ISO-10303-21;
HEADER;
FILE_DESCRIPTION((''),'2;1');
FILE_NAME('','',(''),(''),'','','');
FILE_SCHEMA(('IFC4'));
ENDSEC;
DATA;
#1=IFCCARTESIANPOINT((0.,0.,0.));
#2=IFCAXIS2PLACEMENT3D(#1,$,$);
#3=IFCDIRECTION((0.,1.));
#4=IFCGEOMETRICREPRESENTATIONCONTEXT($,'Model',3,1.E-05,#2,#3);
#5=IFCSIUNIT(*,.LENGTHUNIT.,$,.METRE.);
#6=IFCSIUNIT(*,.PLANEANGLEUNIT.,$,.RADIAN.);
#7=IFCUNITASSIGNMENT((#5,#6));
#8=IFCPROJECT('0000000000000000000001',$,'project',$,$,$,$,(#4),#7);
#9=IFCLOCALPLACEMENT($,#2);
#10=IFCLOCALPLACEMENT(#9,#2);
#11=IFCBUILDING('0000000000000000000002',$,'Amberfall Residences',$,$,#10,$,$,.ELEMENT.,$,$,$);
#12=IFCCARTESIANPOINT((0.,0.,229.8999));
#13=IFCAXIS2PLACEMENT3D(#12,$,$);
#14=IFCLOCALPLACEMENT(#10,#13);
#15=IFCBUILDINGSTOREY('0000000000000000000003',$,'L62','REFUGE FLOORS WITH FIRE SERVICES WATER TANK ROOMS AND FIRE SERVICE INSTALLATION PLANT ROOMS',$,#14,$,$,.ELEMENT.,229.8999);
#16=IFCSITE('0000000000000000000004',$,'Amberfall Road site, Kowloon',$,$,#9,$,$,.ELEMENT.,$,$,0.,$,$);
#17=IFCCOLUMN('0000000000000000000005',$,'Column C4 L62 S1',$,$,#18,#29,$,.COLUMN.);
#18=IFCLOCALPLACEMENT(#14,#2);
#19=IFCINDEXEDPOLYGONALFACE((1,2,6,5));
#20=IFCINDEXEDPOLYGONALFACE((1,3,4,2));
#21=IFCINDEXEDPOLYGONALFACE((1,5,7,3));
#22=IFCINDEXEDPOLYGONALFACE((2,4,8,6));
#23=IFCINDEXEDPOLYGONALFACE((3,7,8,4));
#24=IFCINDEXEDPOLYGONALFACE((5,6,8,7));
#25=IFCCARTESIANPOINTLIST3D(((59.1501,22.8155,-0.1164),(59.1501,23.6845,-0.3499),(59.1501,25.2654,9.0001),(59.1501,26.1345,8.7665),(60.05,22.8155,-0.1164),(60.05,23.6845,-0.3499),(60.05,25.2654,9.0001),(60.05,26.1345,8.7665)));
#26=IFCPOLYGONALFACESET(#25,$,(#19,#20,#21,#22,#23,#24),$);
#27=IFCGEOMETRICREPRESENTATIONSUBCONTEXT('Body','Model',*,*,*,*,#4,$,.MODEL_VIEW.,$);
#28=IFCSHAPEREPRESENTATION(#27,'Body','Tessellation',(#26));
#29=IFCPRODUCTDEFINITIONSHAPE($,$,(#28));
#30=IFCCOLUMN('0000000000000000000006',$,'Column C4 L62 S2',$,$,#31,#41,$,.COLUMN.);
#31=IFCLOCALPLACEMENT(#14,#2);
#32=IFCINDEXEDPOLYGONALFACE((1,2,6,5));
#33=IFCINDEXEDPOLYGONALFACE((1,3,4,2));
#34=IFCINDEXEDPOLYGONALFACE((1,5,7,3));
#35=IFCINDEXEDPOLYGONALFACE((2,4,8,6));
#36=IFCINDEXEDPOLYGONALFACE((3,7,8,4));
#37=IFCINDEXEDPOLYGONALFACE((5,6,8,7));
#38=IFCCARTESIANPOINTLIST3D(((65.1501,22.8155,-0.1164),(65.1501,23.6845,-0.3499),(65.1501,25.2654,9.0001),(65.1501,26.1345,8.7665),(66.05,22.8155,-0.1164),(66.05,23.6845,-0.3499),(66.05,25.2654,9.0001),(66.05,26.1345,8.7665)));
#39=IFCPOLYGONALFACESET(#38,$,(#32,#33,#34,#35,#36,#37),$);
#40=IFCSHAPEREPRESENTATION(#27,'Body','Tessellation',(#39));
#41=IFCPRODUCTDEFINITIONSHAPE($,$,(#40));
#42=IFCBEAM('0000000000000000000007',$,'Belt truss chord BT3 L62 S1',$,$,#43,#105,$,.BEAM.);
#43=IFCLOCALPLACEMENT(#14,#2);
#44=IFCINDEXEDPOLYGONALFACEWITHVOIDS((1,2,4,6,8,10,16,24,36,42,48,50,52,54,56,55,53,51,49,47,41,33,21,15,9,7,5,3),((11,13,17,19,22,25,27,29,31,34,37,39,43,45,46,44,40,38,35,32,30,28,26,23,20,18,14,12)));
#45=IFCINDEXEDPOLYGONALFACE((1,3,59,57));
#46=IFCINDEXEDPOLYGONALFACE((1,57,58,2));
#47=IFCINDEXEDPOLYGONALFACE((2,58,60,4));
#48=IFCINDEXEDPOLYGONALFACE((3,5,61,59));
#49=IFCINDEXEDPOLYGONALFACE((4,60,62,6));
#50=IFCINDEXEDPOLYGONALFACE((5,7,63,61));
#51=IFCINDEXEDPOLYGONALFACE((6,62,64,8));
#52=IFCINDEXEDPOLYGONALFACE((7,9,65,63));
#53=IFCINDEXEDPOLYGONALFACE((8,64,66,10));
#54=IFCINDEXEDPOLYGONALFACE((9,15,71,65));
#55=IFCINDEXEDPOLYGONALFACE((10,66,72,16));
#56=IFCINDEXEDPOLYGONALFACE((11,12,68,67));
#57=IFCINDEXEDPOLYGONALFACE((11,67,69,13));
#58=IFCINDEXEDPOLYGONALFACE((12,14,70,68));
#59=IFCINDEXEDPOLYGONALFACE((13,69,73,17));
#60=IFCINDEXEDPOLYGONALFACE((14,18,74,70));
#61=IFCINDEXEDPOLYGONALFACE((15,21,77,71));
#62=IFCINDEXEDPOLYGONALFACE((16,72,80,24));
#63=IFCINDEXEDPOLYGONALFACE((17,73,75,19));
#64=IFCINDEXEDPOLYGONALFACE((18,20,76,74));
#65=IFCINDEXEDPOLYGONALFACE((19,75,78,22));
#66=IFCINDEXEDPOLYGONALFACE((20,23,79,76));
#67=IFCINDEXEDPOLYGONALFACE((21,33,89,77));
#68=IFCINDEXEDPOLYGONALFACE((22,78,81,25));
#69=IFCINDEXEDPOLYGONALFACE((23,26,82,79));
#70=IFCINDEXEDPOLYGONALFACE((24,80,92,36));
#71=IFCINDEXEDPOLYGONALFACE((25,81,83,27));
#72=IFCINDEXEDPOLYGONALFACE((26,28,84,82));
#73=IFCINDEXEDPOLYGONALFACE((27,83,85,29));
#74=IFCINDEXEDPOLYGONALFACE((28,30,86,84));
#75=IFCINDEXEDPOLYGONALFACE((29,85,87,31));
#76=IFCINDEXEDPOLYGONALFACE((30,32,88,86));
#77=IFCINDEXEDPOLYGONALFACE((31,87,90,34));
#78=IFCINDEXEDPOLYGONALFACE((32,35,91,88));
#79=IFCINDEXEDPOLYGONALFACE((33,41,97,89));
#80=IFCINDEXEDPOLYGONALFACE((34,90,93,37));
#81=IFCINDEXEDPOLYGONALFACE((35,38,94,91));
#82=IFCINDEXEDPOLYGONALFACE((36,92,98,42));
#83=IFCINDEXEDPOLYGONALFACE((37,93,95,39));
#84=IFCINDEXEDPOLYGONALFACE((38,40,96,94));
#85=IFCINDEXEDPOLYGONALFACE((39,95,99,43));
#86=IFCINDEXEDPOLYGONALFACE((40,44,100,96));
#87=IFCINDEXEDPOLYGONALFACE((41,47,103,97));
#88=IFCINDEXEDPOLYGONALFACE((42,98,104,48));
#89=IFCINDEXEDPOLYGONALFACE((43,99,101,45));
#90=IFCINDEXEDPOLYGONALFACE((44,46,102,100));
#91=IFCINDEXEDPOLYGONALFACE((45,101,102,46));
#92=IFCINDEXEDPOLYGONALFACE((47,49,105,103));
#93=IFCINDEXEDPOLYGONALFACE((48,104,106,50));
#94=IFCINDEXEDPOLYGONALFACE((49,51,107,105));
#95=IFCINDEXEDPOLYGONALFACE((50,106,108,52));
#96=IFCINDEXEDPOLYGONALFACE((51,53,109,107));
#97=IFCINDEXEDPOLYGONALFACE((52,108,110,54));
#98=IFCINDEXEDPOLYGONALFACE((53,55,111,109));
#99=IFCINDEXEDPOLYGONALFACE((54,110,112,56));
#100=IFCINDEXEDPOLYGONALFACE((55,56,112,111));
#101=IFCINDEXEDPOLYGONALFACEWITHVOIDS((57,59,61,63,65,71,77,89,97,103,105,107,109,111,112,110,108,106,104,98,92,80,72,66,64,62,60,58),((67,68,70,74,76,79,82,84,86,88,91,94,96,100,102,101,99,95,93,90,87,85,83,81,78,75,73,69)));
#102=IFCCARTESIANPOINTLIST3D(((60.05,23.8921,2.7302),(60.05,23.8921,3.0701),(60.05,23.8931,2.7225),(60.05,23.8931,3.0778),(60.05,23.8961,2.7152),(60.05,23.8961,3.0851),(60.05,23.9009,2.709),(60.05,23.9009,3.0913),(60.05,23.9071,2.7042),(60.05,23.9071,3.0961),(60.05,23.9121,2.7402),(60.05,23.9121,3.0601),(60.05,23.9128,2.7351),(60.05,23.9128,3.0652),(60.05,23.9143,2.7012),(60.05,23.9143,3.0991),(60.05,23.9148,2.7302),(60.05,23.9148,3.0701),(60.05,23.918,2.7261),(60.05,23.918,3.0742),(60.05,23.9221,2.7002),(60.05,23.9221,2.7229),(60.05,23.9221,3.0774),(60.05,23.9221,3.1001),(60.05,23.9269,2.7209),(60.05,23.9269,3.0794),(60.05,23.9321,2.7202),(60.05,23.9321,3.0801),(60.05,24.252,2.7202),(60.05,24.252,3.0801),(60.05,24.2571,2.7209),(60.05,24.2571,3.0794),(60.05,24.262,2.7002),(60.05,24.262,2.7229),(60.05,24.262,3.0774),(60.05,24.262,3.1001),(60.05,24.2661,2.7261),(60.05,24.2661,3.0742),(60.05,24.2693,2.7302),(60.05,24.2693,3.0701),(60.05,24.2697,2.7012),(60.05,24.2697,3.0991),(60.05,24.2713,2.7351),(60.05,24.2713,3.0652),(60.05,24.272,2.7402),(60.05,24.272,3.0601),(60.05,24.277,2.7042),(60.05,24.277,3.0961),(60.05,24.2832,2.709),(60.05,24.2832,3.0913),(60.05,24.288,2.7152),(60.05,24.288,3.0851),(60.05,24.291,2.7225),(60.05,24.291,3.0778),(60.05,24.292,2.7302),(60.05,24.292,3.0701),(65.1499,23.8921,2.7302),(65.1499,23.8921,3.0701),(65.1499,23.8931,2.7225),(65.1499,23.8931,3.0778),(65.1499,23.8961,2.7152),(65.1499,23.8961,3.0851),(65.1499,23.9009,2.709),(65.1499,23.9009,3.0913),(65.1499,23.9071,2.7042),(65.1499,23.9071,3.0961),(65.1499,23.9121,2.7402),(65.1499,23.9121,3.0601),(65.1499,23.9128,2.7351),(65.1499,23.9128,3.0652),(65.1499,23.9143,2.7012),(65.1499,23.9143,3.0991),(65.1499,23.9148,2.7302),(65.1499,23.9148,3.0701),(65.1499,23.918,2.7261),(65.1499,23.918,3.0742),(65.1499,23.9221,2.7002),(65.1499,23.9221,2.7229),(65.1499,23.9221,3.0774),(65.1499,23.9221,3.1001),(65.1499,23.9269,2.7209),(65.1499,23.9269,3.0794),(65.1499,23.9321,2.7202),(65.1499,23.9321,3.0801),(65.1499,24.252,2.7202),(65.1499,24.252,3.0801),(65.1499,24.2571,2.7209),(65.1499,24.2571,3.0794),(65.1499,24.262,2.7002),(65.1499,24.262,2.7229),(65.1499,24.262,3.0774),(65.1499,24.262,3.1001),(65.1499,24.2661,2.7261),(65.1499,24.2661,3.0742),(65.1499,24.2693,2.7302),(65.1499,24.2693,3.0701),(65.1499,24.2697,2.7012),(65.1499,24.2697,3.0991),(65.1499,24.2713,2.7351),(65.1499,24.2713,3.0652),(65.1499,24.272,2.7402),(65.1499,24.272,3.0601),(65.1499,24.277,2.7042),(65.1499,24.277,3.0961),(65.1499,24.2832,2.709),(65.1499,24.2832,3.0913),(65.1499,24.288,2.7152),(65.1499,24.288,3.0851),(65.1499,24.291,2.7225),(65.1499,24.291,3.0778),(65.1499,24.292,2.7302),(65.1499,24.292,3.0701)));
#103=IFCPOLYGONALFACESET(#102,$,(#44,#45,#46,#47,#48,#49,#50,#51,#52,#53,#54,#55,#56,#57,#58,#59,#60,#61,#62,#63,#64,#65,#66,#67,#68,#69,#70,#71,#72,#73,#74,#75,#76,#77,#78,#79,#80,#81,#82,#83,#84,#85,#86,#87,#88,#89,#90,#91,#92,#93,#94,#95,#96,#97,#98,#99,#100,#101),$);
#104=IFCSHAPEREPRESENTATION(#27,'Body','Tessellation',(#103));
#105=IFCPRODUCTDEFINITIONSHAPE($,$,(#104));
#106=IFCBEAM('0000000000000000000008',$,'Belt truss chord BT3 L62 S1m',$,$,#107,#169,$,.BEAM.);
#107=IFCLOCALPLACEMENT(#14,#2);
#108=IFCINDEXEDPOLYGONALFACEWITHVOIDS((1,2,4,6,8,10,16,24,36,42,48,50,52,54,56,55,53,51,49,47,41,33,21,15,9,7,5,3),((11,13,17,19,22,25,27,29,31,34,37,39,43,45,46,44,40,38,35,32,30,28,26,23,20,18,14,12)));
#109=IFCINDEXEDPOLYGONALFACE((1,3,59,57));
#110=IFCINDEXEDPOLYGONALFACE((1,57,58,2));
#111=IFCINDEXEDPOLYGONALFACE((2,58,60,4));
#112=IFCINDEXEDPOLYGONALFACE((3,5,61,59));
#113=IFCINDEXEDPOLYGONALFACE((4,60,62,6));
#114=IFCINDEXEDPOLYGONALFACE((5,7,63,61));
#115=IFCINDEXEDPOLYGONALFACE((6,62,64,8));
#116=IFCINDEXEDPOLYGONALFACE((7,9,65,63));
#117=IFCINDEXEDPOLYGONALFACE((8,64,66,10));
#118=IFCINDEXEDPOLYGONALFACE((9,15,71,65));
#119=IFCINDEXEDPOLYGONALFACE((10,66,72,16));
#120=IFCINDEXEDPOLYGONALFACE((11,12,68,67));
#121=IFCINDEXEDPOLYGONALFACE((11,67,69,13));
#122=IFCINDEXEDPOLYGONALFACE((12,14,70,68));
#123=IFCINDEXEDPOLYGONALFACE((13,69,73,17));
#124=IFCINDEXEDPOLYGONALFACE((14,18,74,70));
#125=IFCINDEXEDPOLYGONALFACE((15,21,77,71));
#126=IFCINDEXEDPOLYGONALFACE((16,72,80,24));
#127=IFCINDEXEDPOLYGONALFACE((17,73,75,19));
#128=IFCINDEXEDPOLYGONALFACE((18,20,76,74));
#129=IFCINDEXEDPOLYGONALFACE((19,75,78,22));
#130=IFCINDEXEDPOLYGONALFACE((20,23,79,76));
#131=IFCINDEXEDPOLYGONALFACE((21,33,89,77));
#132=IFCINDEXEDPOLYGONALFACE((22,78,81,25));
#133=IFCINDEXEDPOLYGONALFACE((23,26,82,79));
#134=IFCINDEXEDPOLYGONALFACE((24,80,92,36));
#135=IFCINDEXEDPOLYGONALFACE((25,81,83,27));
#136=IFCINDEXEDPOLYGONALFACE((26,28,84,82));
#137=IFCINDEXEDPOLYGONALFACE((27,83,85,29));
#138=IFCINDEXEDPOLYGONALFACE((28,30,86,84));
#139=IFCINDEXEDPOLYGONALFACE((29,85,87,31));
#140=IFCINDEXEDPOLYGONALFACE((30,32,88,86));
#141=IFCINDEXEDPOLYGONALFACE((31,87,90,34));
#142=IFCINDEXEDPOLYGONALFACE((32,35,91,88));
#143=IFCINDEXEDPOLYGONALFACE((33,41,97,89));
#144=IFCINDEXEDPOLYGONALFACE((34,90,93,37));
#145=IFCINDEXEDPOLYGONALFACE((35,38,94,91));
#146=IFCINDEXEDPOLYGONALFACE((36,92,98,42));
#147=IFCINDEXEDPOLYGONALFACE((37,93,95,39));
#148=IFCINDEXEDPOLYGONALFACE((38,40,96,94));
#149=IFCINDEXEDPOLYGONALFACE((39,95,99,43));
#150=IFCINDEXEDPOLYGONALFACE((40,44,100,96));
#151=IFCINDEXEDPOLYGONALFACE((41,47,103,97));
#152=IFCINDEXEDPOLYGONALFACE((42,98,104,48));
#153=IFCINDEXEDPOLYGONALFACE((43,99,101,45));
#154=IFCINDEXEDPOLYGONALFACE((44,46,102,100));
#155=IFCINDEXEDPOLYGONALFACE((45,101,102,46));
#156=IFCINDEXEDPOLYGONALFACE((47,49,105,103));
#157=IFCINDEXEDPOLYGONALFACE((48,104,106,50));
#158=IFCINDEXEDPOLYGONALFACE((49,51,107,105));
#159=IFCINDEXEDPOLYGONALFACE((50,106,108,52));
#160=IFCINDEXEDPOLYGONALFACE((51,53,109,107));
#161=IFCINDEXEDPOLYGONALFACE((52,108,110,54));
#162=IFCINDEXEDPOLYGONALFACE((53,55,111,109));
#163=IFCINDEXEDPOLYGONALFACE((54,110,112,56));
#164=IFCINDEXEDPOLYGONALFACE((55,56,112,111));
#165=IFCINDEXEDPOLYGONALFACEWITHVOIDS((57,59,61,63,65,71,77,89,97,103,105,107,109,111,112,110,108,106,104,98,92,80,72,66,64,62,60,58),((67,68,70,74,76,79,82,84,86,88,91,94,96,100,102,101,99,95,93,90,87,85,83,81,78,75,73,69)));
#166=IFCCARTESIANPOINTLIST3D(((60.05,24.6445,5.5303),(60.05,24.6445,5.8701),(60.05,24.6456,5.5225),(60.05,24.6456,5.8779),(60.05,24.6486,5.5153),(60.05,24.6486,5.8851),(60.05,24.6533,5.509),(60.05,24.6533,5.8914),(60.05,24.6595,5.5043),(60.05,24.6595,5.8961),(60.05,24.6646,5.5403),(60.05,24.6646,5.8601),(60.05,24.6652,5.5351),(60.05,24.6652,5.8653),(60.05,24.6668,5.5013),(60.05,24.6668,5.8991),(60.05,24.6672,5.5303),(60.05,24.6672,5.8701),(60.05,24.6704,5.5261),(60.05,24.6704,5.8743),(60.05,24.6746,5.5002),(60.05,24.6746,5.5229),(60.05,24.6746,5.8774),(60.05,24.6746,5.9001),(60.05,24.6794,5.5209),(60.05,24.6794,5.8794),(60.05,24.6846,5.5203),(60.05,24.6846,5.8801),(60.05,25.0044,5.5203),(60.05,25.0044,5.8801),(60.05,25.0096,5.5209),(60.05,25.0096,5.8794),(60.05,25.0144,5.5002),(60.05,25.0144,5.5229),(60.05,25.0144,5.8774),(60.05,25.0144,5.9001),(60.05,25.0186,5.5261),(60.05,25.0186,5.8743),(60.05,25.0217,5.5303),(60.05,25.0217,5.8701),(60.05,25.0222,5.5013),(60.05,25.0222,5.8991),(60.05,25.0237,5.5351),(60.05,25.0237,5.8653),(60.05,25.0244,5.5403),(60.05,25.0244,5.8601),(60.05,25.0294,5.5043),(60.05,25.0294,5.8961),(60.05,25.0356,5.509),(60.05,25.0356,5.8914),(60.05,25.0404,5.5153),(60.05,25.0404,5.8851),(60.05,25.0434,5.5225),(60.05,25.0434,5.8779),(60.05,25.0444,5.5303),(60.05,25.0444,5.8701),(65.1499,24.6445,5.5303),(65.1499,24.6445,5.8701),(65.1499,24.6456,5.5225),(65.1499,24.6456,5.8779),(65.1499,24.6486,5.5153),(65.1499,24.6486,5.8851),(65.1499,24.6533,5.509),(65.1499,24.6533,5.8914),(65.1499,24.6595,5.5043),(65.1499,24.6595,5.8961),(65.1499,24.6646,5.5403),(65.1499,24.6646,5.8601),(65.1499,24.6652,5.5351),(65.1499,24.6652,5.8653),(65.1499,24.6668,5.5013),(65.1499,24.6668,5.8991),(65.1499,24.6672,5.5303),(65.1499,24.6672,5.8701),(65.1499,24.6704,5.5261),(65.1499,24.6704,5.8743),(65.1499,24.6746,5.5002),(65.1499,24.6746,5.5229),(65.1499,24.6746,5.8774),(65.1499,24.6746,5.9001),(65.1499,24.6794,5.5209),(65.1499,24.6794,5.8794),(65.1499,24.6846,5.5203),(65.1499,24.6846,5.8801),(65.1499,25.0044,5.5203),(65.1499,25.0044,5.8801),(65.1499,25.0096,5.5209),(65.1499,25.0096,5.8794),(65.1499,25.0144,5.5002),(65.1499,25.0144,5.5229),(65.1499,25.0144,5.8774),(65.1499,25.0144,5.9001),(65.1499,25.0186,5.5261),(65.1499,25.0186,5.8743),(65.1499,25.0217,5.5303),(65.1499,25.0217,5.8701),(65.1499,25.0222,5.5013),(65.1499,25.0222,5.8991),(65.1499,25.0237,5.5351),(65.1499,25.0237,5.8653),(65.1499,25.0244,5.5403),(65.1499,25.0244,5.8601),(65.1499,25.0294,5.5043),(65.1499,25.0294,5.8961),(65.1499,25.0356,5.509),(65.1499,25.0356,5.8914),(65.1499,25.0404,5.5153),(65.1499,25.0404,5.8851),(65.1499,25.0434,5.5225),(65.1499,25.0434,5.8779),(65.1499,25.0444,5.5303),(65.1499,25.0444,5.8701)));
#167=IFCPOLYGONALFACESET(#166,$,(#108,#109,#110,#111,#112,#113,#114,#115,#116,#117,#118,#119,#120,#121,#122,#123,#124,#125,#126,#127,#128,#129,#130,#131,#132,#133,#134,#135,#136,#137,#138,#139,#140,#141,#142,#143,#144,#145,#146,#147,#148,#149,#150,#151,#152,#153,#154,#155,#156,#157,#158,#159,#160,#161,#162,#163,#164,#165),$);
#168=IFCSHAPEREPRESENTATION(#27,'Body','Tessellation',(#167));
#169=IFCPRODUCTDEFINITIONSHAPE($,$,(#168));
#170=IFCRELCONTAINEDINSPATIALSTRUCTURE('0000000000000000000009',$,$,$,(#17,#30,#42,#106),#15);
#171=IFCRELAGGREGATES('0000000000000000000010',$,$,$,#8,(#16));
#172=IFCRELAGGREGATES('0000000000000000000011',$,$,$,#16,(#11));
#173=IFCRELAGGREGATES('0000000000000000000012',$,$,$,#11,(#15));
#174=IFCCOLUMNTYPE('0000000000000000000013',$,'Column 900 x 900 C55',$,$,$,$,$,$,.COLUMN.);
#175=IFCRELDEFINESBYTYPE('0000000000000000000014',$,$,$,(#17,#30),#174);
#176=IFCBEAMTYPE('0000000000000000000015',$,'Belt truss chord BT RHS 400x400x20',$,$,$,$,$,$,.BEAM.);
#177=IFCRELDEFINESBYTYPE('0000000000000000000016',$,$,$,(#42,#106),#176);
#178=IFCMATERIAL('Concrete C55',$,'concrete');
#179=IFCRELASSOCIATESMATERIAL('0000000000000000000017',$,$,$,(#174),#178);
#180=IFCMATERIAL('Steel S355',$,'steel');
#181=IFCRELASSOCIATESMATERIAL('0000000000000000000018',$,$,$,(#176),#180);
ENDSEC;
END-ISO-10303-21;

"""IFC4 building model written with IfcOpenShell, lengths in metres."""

from ifc_helpers import new_model, si_unit, direction, frame, origin, origin_2d, place, context, subcontext, project, spatial, rectangle, hollow_rectangle, extrude, material, material_profile, profile_set, type_object, element, save


model = new_model("IFC4")

# Units and contexts
model_context = context("Model", 3, precision=1e-05, world=origin(), true_north=direction((0.0, 1.0)))
body_context = subcontext(model_context, "Body", "Model", "MODEL_VIEW")
ifc_project = project(units=[si_unit("LENGTHUNIT", "METRE"), si_unit("PLANEANGLEUNIT", "RADIAN")], contexts=[model_context])

# Site, building, storey
site_placement = place(None, origin())
site = spatial("IfcSite", under=ifc_project, at=site_placement, Name="Amberfall Road site, Kowloon", CompositionType="ELEMENT", RefElevation=0.0)
building_placement = place(site_placement, origin())
building = spatial("IfcBuilding", under=site, at=building_placement, Name="Amberfall Residences", CompositionType="ELEMENT")
storey_placement = place(building_placement, frame((0.0, 0.0, 229.8999)))
storey = spatial("IfcBuildingStorey", under=building, at=storey_placement, Name="L62", Description="REFUGE FLOORS WITH FIRE SERVICES WATER TANK ROOMS AND FIRE SERVICE INSTALLATION PLANT ROOMS", CompositionType="ELEMENT", Elevation=229.8999)

# Columns
ifc_material_1 = material(Name="Concrete C55", Category="concrete")
ifc_material_profile_1 = material_profile(ifc_material_1, rectangle(XDim=0.8999, YDim=0.8999, at=origin_2d()), Name="Column 900 x 900 C55")
ifc_profile_set_1 = profile_set([ifc_material_profile_1], Name="Concrete C55")
column_type = type_object("IfcColumnType", Name="Column 900 x 900 C55", PredefinedType="COLUMN", material=ifc_profile_set_1)
for number, where, z_axis, x_axis, name in (
    (1, (59.6001, 23.25, -0.2332), (0.0, 0.259531, 0.965735), (-1.0, 0.0, 0.0), "Column C4 L62 S1"),
    (2, (65.6001, 23.25, -0.2332), (0.0, 0.259531, 0.965735), (-1.0, 0.0, 0.0), "Column C4 L62 S2"),
):
    element("IfcColumn", number, at=place(storey_placement, frame(where, z_axis=z_axis, x_axis=x_axis)), inside=storey, type_object=column_type, Name=name, PredefinedType="COLUMN", context=body_context, shape_type="SweptSolid", body=[
        extrude(rectangle(XDim=0.8999, YDim=0.8999, at=origin_2d()), origin(), (0.0, 0.0, 1.0), 9.4399),
    ])

# Beams
ifc_material_2 = material(Name="Steel S355", Category="steel")
ifc_material_profile_2 = material_profile(ifc_material_2, hollow_rectangle(XDim=0.3999, YDim=0.3999, WallThickness=0.02, InnerFilletRadius=0.02, OuterFilletRadius=0.03, at=origin_2d()), Name="RHS 400x400x20")
ifc_profile_set_2 = profile_set([ifc_material_profile_2], Name="Steel S355")
beam_type_1 = type_object("IfcBeamType", Name="Belt truss chord BT RHS 400x400x20", PredefinedType="BEAM", material=ifc_profile_set_2)
for number, where, z_axis, x_axis, name in (
    (3, (60.05, 24.092, 2.9001), (1.0, 0.0, 0.0), (0.0, 1.0, 0.0), "Belt truss chord BT3 L62 S1"),
    (4, (60.05, 24.8445, 5.7002), (1.0, 0.0, 0.0), (0.0, 1.0, 0.0), "Belt truss chord BT3 L62 S1m"),
):
    element("IfcBeam", number, at=place(storey_placement, frame(where, z_axis=z_axis, x_axis=x_axis)), inside=storey, type_object=beam_type_1, Name=name, PredefinedType="BEAM", context=body_context, shape_type="SweptSolid", body=[
        extrude(hollow_rectangle(XDim=0.3999, YDim=0.3999, WallThickness=0.02, InnerFilletRadius=0.02, OuterFilletRadius=0.03, at=origin_2d()), origin(), (0.0, 0.0, 1.0), 5.0999),
    ])

save(model, "model.ifc")
